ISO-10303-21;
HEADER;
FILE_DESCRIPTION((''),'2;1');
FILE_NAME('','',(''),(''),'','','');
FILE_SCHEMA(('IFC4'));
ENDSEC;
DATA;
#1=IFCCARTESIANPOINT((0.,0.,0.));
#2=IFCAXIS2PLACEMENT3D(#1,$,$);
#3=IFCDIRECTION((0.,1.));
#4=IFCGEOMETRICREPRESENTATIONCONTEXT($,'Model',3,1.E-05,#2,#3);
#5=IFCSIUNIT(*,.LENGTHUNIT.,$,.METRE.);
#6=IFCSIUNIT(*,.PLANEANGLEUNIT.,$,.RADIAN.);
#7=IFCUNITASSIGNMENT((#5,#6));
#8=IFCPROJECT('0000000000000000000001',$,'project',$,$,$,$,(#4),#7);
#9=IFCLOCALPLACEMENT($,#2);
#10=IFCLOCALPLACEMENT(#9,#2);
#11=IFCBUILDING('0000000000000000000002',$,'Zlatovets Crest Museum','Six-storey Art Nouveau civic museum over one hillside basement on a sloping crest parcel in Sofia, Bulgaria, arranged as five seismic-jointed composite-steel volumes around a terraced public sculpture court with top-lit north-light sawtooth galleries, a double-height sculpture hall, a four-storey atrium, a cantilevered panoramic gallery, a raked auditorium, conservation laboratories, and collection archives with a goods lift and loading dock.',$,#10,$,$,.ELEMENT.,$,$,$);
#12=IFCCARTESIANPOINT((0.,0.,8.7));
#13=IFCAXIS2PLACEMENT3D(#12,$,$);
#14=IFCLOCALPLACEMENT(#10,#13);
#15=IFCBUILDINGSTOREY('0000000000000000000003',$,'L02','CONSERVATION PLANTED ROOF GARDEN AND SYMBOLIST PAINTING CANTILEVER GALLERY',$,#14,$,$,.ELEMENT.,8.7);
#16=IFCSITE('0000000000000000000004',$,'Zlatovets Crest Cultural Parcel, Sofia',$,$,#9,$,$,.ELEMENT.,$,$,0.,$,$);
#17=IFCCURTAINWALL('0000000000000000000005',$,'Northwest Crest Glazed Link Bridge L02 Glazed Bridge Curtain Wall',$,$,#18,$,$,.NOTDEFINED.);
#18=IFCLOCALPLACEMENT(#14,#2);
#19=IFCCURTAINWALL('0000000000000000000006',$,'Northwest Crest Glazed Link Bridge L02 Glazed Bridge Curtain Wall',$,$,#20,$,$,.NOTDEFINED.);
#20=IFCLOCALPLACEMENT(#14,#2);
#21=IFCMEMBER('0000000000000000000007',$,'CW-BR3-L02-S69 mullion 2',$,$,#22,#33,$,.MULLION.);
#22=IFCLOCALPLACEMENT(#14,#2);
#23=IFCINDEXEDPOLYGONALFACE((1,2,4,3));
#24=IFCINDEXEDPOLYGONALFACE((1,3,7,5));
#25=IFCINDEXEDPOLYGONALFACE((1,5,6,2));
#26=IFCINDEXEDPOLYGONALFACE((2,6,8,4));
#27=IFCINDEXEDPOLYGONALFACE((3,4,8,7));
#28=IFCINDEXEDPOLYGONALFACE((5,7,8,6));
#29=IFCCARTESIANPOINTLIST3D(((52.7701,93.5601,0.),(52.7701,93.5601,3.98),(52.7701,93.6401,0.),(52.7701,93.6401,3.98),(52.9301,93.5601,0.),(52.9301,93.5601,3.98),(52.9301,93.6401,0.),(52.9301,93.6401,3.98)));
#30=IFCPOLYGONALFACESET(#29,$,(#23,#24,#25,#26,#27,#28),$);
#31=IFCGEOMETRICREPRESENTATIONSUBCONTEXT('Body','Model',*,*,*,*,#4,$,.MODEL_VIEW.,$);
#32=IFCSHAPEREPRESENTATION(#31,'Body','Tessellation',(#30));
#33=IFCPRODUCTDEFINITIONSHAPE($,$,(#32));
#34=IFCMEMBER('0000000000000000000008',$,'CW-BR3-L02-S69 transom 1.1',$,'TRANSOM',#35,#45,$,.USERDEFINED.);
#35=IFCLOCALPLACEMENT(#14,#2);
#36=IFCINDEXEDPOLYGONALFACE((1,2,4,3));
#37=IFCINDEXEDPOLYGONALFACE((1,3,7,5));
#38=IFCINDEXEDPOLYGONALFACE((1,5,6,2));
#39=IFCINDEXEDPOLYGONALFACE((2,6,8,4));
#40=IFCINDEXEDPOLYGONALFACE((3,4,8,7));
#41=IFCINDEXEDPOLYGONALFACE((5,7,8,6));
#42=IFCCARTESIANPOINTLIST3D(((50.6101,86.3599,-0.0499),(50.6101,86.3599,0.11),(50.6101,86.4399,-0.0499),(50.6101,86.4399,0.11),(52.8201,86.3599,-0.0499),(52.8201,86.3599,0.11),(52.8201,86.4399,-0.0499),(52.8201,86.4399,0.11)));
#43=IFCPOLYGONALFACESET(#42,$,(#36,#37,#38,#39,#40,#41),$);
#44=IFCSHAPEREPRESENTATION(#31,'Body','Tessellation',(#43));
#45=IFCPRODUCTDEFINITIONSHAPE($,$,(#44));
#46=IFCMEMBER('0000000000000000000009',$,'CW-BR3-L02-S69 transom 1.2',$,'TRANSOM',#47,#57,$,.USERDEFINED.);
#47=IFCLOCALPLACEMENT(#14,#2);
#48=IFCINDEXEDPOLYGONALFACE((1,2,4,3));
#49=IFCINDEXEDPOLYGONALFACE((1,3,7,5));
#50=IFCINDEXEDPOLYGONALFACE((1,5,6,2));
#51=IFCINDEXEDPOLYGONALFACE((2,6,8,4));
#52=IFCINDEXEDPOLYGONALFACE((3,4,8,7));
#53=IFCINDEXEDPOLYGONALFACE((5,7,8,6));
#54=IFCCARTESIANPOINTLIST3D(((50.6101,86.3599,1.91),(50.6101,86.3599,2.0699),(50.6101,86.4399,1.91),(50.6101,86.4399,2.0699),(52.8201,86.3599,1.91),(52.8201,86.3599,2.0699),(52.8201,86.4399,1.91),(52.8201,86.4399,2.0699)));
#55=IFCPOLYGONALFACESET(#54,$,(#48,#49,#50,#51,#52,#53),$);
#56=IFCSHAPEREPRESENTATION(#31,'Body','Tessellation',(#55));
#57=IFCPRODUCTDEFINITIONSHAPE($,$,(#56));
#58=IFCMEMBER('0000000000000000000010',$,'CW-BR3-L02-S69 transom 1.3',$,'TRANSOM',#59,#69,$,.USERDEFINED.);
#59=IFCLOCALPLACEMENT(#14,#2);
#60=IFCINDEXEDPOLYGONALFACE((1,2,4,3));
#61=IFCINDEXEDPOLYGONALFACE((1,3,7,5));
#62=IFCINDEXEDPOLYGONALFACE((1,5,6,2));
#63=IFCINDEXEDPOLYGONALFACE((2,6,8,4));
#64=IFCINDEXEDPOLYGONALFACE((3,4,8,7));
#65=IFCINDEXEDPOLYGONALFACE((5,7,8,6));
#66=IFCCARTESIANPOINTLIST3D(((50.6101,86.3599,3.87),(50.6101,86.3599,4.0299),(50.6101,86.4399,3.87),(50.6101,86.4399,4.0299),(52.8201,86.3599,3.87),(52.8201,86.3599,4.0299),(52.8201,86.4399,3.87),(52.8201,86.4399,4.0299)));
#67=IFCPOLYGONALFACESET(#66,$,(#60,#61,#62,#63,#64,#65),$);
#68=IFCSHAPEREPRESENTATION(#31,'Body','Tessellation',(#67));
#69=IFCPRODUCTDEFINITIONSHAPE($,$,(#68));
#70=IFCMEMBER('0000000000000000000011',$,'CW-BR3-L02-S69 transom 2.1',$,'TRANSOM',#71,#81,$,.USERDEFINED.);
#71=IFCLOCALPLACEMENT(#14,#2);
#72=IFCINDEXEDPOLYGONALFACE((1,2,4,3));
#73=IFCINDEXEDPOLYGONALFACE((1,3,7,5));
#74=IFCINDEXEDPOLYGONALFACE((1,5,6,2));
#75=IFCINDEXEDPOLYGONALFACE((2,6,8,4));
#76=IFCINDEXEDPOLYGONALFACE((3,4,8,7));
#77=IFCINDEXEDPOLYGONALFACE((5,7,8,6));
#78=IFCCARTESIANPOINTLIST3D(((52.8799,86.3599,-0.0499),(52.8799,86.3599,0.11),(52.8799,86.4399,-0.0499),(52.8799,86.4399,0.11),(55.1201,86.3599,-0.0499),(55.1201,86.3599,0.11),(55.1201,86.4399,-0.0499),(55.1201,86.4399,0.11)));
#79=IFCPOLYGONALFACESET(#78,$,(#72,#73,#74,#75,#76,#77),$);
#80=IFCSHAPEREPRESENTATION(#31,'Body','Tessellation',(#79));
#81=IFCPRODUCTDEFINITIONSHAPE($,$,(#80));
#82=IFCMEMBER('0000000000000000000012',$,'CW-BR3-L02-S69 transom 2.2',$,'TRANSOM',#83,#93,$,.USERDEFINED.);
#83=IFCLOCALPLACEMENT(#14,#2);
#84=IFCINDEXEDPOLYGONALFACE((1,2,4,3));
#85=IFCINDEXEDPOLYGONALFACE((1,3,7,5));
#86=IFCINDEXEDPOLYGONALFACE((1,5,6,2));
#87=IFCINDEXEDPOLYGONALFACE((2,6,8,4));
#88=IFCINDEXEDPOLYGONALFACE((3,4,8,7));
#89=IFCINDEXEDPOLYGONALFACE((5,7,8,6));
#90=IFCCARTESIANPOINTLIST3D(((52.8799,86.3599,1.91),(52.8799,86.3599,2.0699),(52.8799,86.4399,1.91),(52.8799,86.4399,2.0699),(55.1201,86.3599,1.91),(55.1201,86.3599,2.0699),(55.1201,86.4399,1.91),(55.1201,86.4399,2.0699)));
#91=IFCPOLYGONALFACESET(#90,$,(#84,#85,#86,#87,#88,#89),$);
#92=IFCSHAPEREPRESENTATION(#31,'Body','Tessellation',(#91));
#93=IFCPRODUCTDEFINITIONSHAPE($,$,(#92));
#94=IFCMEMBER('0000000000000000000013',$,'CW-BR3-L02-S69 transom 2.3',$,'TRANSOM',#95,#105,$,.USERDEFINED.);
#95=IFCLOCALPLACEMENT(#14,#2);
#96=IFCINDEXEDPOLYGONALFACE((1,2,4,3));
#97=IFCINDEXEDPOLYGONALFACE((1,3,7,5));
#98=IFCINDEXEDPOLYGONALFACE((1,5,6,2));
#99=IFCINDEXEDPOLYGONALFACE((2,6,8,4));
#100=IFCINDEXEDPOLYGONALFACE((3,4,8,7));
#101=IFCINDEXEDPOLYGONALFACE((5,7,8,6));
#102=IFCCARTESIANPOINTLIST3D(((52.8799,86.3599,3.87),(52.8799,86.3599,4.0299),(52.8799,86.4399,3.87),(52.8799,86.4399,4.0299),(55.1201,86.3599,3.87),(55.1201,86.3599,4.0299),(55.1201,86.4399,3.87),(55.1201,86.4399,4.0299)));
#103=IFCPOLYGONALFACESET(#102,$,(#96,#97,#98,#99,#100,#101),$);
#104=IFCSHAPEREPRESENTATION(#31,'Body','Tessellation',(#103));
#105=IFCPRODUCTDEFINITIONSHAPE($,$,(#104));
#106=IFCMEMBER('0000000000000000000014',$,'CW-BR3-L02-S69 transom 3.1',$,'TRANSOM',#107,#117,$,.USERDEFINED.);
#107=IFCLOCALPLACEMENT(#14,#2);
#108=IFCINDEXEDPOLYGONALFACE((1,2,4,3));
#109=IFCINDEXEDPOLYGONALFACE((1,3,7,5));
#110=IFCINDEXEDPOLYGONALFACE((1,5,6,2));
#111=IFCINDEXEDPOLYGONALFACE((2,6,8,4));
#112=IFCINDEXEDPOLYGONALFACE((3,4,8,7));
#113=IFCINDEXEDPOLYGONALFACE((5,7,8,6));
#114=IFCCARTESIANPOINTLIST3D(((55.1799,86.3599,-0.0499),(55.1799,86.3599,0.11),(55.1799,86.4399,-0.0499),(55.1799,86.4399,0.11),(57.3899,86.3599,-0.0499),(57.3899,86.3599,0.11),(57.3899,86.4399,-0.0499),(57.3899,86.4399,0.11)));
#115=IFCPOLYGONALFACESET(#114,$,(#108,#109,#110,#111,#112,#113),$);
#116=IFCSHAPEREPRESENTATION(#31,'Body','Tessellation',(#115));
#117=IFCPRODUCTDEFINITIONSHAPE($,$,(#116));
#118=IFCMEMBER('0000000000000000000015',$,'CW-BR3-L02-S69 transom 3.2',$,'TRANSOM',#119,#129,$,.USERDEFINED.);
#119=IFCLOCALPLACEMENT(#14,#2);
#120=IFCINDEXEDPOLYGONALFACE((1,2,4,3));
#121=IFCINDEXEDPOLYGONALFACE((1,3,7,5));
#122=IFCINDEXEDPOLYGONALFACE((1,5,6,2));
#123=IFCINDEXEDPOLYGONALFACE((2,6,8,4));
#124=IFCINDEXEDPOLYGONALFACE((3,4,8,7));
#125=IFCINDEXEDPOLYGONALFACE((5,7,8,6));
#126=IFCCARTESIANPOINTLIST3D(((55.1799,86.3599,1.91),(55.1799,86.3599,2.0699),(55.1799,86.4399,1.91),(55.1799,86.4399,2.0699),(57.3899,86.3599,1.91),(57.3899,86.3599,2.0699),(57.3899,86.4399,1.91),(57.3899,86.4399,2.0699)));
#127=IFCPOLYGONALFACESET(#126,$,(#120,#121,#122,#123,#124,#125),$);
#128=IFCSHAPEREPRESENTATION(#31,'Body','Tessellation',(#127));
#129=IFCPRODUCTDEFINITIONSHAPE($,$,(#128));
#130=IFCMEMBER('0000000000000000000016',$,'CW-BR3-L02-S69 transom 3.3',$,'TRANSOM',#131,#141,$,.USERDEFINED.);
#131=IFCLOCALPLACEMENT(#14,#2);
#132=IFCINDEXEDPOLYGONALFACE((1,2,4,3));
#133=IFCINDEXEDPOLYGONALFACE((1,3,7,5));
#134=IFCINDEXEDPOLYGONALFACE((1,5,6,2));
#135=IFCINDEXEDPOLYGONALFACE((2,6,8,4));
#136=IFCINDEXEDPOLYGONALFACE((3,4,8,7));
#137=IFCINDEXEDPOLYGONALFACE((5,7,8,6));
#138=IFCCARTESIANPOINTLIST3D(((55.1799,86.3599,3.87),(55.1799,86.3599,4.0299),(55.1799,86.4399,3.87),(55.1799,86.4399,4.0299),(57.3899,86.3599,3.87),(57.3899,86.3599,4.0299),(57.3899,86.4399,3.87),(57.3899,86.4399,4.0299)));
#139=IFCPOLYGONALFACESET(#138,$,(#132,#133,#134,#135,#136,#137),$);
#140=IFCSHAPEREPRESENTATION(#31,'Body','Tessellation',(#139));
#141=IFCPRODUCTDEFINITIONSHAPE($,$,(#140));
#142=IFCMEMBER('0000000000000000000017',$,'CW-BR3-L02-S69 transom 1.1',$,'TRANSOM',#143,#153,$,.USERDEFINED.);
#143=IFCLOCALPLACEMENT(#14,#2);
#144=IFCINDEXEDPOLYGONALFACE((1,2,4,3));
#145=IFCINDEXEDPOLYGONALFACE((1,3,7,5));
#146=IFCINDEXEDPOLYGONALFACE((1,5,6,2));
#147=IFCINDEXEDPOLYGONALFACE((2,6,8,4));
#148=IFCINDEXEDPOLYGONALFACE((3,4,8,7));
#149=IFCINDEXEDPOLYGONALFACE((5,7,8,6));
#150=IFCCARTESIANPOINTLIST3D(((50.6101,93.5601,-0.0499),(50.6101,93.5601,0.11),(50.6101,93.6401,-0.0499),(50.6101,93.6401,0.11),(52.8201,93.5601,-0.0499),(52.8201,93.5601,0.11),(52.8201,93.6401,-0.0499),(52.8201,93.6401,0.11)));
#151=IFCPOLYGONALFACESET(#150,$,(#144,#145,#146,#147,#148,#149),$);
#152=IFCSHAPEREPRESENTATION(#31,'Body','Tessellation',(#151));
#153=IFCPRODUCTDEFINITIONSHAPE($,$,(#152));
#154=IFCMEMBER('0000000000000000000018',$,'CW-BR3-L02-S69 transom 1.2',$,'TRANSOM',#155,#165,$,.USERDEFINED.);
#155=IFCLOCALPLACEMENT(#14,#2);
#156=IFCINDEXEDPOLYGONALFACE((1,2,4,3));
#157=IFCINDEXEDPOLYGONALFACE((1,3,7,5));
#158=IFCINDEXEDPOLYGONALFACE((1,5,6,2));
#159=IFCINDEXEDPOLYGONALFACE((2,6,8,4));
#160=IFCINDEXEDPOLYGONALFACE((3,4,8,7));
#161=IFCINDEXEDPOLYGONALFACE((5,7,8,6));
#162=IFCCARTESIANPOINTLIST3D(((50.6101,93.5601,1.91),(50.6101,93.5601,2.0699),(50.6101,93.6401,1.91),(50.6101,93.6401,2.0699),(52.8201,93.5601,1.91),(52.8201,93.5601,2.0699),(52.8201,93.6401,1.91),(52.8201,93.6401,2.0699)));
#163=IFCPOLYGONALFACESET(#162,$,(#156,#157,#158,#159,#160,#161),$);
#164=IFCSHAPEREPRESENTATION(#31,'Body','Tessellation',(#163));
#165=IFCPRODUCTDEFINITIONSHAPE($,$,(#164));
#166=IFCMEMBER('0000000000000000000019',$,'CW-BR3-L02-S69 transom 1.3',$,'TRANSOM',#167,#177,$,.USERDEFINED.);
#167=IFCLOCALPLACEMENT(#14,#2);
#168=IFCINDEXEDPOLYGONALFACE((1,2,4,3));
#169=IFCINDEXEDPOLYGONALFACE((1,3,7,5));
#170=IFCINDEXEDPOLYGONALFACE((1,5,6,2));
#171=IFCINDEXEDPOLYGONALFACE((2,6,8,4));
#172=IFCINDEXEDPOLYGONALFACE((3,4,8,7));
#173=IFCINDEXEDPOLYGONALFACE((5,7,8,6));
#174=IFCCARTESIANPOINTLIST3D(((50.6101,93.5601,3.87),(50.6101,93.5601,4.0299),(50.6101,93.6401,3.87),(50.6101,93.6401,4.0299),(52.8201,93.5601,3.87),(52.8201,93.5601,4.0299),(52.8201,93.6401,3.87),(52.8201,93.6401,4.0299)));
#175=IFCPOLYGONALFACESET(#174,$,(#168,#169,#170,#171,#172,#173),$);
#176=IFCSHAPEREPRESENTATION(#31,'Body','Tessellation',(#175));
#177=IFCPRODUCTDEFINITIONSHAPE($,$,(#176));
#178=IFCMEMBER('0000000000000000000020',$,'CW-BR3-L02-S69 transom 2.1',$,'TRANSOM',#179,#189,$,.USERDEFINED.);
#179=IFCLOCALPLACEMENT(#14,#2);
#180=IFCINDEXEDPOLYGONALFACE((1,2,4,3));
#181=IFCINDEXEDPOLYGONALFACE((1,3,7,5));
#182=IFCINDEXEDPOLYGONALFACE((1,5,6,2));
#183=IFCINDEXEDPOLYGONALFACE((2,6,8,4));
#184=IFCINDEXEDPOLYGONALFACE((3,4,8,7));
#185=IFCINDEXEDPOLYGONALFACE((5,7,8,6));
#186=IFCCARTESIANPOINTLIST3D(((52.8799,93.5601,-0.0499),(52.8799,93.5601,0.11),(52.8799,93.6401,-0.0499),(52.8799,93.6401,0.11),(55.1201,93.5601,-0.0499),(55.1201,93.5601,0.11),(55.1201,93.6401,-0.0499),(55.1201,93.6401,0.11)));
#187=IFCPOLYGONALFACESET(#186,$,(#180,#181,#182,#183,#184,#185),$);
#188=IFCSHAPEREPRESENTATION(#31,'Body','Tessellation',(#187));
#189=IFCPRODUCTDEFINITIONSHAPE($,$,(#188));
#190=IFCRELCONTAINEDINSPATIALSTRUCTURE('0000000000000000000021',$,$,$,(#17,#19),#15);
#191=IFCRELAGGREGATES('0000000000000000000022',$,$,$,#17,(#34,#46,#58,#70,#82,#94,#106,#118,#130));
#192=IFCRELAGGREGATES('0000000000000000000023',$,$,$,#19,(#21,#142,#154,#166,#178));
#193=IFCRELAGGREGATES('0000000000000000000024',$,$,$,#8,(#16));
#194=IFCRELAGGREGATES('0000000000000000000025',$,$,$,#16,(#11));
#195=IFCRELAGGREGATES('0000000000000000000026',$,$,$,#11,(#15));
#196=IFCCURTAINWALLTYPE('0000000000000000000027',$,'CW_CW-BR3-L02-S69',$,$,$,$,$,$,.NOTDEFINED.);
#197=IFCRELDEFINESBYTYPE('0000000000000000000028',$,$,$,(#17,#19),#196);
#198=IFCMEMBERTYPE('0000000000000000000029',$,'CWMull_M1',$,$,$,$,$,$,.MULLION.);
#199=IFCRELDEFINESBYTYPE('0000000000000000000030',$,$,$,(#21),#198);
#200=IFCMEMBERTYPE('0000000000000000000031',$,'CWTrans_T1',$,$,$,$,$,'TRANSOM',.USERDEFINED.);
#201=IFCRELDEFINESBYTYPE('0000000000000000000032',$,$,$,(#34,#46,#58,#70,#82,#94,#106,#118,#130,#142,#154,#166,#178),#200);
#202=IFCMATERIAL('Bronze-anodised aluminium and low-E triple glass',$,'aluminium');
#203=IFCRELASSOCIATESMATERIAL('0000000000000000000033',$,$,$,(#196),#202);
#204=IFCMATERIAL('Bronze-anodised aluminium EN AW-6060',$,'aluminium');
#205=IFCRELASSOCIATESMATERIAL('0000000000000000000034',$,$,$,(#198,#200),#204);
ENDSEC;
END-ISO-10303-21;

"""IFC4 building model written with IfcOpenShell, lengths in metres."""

from ifc_helpers import new_model, si_unit, direction, frame, origin, origin_2d, place, context, subcontext, project, spatial, rectangle, extrude, material, material_profile, profile_set, type_object, element, aggregate, save


model = new_model("IFC4")

# Units and contexts
model_context = context("Model", 3, precision=1e-05, world=origin(), true_north=direction((0.0, 1.0)))
body_context = subcontext(model_context, "Body", "Model", "MODEL_VIEW")
ifc_project = project(units=[si_unit("LENGTHUNIT", "METRE"), si_unit("PLANEANGLEUNIT", "RADIAN")], contexts=[model_context])

# Site, building, storey
site_placement = place(None, origin())
site = spatial("IfcSite", under=ifc_project, at=site_placement, Name="Zlatovets Crest Cultural Parcel, Sofia", CompositionType="ELEMENT", RefElevation=0.0)
building_placement = place(site_placement, origin())
building = spatial("IfcBuilding", under=site, at=building_placement, Name="Zlatovets Crest Museum", Description="Six-storey Art Nouveau civic museum over one hillside basement on a sloping crest parcel in Sofia, Bulgaria, arranged as five seismic-jointed composite-steel volumes around a terraced public sculpture court with top-lit north-light sawtooth galleries, a double-height sculpture hall, a four-storey atrium, a cantilevered panoramic gallery, a raked auditorium, conservation laboratories, and collection archives with a goods lift and loading dock.", CompositionType="ELEMENT")
storey_placement = place(building_placement, frame((0.0, 0.0, 8.7)))
storey = spatial("IfcBuildingStorey", under=building, at=storey_placement, Name="L02", Description="CONSERVATION PLANTED ROOF GARDEN AND SYMBOLIST PAINTING CANTILEVER GALLERY", CompositionType="ELEMENT", Elevation=8.7)

# Curtain walls, member
ifc_material_1 = material(Name="Bronze-anodised aluminium and low-E triple glass", Category="aluminium")
curtain_wall_type = type_object("IfcCurtainWallType", Name="CW_CW-BR3-L02-S69", PredefinedType="NOTDEFINED", material=ifc_material_1)
curtain_wall_1_placement = place(storey_placement, origin())
curtain_wall_1 = element("IfcCurtainWall", 1, at=curtain_wall_1_placement, inside=storey, type_object=curtain_wall_type, Name="Northwest Crest Glazed Link Bridge L02 Glazed Bridge Curtain Wall", PredefinedType="NOTDEFINED")
ifc_material_2 = material(Name="Bronze-anodised aluminium EN AW-6060", Category="aluminium")
ifc_material_profile_1 = material_profile(ifc_material_2, rectangle(XDim=0.0801, YDim=0.1599, at=origin_2d()), Name="ALU 80x160")
ifc_profile_set_1 = profile_set([ifc_material_profile_1], Name="Bronze-anodised aluminium EN AW-6060")
member_type_1 = type_object("IfcMemberType", Name="CWMull_M1", PredefinedType="MULLION", material=ifc_profile_set_1)
curtain_wall_2_placement = place(storey_placement, origin())
curtain_wall_2 = element("IfcCurtainWall", 2, at=curtain_wall_2_placement, inside=storey, type_object=curtain_wall_type, Name="Northwest Crest Glazed Link Bridge L02 Glazed Bridge Curtain Wall", PredefinedType="NOTDEFINED")
member_1_placement = place(storey_placement, frame((52.8501, 93.6001, 0.0), z_axis=(0.0, 0.0, 1.0), x_axis=(0.0, 1.0, 0.0)))
member_1 = element("IfcMember", 3, at=member_1_placement, type_object=member_type_1, Name="CW-BR3-L02-S69 mullion 2", PredefinedType="MULLION", context=body_context, shape_type="SweptSolid", body=[
    extrude(rectangle(XDim=0.0801, YDim=0.1599, at=origin_2d()), origin(), (0.0, 0.0, 1.0), 3.98),
])

# Members
ifc_material_profile_2 = material_profile(ifc_material_2, rectangle(XDim=0.0801, YDim=0.1599, at=origin_2d()), Name="ALU 80x160")
ifc_profile_set_2 = profile_set([ifc_material_profile_2], Name="Bronze-anodised aluminium EN AW-6060")
member_type_2 = type_object("IfcMemberType", Name="CWTrans_T1", ElementType="TRANSOM", PredefinedType="USERDEFINED", material=ifc_profile_set_2)
member_2_placement = place(storey_placement, frame((50.6101, 86.3999, 0.03), z_axis=(1.0, 0.0, 0.0), x_axis=(0.0, 1.0, 0.0)))
member_2 = element("IfcMember", 4, at=member_2_placement, type_object=member_type_2, Name="CW-BR3-L02-S69 transom 1.1", ObjectType="TRANSOM", PredefinedType="USERDEFINED", context=body_context, shape_type="SweptSolid", body=[
    extrude(rectangle(XDim=0.0801, YDim=0.1599, at=origin_2d()), origin(), (0.0, 0.0, 1.0), 2.21),
])
member_3_placement = place(storey_placement, frame((50.6101, 86.3999, 1.99), z_axis=(1.0, 0.0, 0.0), x_axis=(0.0, 1.0, 0.0)))
member_3 = element("IfcMember", 5, at=member_3_placement, type_object=member_type_2, Name="CW-BR3-L02-S69 transom 1.2", ObjectType="TRANSOM", PredefinedType="USERDEFINED", context=body_context, shape_type="SweptSolid", body=[
    extrude(rectangle(XDim=0.0801, YDim=0.1599, at=origin_2d()), origin(), (0.0, 0.0, 1.0), 2.21),
])
member_4_placement = place(storey_placement, frame((50.6101, 86.3999, 3.95), z_axis=(1.0, 0.0, 0.0), x_axis=(0.0, 1.0, 0.0)))
member_4 = element("IfcMember", 6, at=member_4_placement, type_object=member_type_2, Name="CW-BR3-L02-S69 transom 1.3", ObjectType="TRANSOM", PredefinedType="USERDEFINED", context=body_context, shape_type="SweptSolid", body=[
    extrude(rectangle(XDim=0.0801, YDim=0.1599, at=origin_2d()), origin(), (0.0, 0.0, 1.0), 2.21),
])
member_5_placement = place(storey_placement, frame((52.8799, 86.3999, 0.03), z_axis=(1.0, 0.0, 0.0), x_axis=(0.0, 1.0, 0.0)))
member_5 = element("IfcMember", 7, at=member_5_placement, type_object=member_type_2, Name="CW-BR3-L02-S69 transom 2.1", ObjectType="TRANSOM", PredefinedType="USERDEFINED", context=body_context, shape_type="SweptSolid", body=[
    extrude(rectangle(XDim=0.0801, YDim=0.1599, at=origin_2d()), origin(), (0.0, 0.0, 1.0), 2.2402),
])
member_6_placement = place(storey_placement, frame((52.8799, 86.3999, 1.99), z_axis=(1.0, 0.0, 0.0), x_axis=(0.0, 1.0, 0.0)))
member_6 = element("IfcMember", 8, at=member_6_placement, type_object=member_type_2, Name="CW-BR3-L02-S69 transom 2.2", ObjectType="TRANSOM", PredefinedType="USERDEFINED", context=body_context, shape_type="SweptSolid", body=[
    extrude(rectangle(XDim=0.0801, YDim=0.1599, at=origin_2d()), origin(), (0.0, 0.0, 1.0), 2.2402),
])
member_7_placement = place(storey_placement, frame((52.8799, 86.3999, 3.95), z_axis=(1.0, 0.0, 0.0), x_axis=(0.0, 1.0, 0.0)))
member_7 = element("IfcMember", 9, at=member_7_placement, type_object=member_type_2, Name="CW-BR3-L02-S69 transom 2.3", ObjectType="TRANSOM", PredefinedType="USERDEFINED", context=body_context, shape_type="SweptSolid", body=[
    extrude(rectangle(XDim=0.0801, YDim=0.1599, at=origin_2d()), origin(), (0.0, 0.0, 1.0), 2.2402),
])
member_8_placement = place(storey_placement, frame((55.1799, 86.3999, 0.03), z_axis=(1.0, 0.0, 0.0), x_axis=(0.0, 1.0, 0.0)))
member_8 = element("IfcMember", 10, at=member_8_placement, type_object=member_type_2, Name="CW-BR3-L02-S69 transom 3.1", ObjectType="TRANSOM", PredefinedType="USERDEFINED", context=body_context, shape_type="SweptSolid", body=[
    extrude(rectangle(XDim=0.0801, YDim=0.1599, at=origin_2d()), origin(), (0.0, 0.0, 1.0), 2.21),
])
member_9_placement = place(storey_placement, frame((55.1799, 86.3999, 1.99), z_axis=(1.0, 0.0, 0.0), x_axis=(0.0, 1.0, 0.0)))
member_9 = element("IfcMember", 11, at=member_9_placement, type_object=member_type_2, Name="CW-BR3-L02-S69 transom 3.2", ObjectType="TRANSOM", PredefinedType="USERDEFINED", context=body_context, shape_type="SweptSolid", body=[
    extrude(rectangle(XDim=0.0801, YDim=0.1599, at=origin_2d()), origin(), (0.0, 0.0, 1.0), 2.21),
])
member_10_placement = place(storey_placement, frame((55.1799, 86.3999, 3.95), z_axis=(1.0, 0.0, 0.0), x_axis=(0.0, 1.0, 0.0)))
member_10 = element("IfcMember", 12, at=member_10_placement, type_object=member_type_2, Name="CW-BR3-L02-S69 transom 3.3", ObjectType="TRANSOM", PredefinedType="USERDEFINED", context=body_context, shape_type="SweptSolid", body=[
    extrude(rectangle(XDim=0.0801, YDim=0.1599, at=origin_2d()), origin(), (0.0, 0.0, 1.0), 2.21),
])
member_11_placement = place(storey_placement, frame((50.6101, 93.6001, 0.03), z_axis=(1.0, 0.0, 0.0), x_axis=(0.0, 1.0, 0.0)))
member_11 = element("IfcMember", 13, at=member_11_placement, type_object=member_type_2, Name="CW-BR3-L02-S69 transom 1.1", ObjectType="TRANSOM", PredefinedType="USERDEFINED", context=body_context, shape_type="SweptSolid", body=[
    extrude(rectangle(XDim=0.0801, YDim=0.1599, at=origin_2d()), origin(), (0.0, 0.0, 1.0), 2.21),
])
member_12_placement = place(storey_placement, frame((50.6101, 93.6001, 1.99), z_axis=(1.0, 0.0, 0.0), x_axis=(0.0, 1.0, 0.0)))
member_12 = element("IfcMember", 14, at=member_12_placement, type_object=member_type_2, Name="CW-BR3-L02-S69 transom 1.2", ObjectType="TRANSOM", PredefinedType="USERDEFINED", context=body_context, shape_type="SweptSolid", body=[
    extrude(rectangle(XDim=0.0801, YDim=0.1599, at=origin_2d()), origin(), (0.0, 0.0, 1.0), 2.21),
])
member_13_placement = place(storey_placement, frame((50.6101, 93.6001, 3.95), z_axis=(1.0, 0.0, 0.0), x_axis=(0.0, 1.0, 0.0)))
member_13 = element("IfcMember", 15, at=member_13_placement, type_object=member_type_2, Name="CW-BR3-L02-S69 transom 1.3", ObjectType="TRANSOM", PredefinedType="USERDEFINED", context=body_context, shape_type="SweptSolid", body=[
    extrude(rectangle(XDim=0.0801, YDim=0.1599, at=origin_2d()), origin(), (0.0, 0.0, 1.0), 2.21),
])
member_14_placement = place(storey_placement, frame((52.8799, 93.6001, 0.03), z_axis=(1.0, 0.0, 0.0), x_axis=(0.0, 1.0, 0.0)))
member_14 = element("IfcMember", 16, at=member_14_placement, type_object=member_type_2, Name="CW-BR3-L02-S69 transom 2.1", ObjectType="TRANSOM", PredefinedType="USERDEFINED", context=body_context, shape_type="SweptSolid", body=[
    extrude(rectangle(XDim=0.0801, YDim=0.1599, at=origin_2d()), origin(), (0.0, 0.0, 1.0), 2.2402),
])

aggregate(curtain_wall_1, [member_2, member_3, member_4, member_5, member_6, member_7, member_8, member_9, member_10])
aggregate(curtain_wall_2, [member_1, member_11, member_12, member_13, member_14])

save(model, "model.ifc")
